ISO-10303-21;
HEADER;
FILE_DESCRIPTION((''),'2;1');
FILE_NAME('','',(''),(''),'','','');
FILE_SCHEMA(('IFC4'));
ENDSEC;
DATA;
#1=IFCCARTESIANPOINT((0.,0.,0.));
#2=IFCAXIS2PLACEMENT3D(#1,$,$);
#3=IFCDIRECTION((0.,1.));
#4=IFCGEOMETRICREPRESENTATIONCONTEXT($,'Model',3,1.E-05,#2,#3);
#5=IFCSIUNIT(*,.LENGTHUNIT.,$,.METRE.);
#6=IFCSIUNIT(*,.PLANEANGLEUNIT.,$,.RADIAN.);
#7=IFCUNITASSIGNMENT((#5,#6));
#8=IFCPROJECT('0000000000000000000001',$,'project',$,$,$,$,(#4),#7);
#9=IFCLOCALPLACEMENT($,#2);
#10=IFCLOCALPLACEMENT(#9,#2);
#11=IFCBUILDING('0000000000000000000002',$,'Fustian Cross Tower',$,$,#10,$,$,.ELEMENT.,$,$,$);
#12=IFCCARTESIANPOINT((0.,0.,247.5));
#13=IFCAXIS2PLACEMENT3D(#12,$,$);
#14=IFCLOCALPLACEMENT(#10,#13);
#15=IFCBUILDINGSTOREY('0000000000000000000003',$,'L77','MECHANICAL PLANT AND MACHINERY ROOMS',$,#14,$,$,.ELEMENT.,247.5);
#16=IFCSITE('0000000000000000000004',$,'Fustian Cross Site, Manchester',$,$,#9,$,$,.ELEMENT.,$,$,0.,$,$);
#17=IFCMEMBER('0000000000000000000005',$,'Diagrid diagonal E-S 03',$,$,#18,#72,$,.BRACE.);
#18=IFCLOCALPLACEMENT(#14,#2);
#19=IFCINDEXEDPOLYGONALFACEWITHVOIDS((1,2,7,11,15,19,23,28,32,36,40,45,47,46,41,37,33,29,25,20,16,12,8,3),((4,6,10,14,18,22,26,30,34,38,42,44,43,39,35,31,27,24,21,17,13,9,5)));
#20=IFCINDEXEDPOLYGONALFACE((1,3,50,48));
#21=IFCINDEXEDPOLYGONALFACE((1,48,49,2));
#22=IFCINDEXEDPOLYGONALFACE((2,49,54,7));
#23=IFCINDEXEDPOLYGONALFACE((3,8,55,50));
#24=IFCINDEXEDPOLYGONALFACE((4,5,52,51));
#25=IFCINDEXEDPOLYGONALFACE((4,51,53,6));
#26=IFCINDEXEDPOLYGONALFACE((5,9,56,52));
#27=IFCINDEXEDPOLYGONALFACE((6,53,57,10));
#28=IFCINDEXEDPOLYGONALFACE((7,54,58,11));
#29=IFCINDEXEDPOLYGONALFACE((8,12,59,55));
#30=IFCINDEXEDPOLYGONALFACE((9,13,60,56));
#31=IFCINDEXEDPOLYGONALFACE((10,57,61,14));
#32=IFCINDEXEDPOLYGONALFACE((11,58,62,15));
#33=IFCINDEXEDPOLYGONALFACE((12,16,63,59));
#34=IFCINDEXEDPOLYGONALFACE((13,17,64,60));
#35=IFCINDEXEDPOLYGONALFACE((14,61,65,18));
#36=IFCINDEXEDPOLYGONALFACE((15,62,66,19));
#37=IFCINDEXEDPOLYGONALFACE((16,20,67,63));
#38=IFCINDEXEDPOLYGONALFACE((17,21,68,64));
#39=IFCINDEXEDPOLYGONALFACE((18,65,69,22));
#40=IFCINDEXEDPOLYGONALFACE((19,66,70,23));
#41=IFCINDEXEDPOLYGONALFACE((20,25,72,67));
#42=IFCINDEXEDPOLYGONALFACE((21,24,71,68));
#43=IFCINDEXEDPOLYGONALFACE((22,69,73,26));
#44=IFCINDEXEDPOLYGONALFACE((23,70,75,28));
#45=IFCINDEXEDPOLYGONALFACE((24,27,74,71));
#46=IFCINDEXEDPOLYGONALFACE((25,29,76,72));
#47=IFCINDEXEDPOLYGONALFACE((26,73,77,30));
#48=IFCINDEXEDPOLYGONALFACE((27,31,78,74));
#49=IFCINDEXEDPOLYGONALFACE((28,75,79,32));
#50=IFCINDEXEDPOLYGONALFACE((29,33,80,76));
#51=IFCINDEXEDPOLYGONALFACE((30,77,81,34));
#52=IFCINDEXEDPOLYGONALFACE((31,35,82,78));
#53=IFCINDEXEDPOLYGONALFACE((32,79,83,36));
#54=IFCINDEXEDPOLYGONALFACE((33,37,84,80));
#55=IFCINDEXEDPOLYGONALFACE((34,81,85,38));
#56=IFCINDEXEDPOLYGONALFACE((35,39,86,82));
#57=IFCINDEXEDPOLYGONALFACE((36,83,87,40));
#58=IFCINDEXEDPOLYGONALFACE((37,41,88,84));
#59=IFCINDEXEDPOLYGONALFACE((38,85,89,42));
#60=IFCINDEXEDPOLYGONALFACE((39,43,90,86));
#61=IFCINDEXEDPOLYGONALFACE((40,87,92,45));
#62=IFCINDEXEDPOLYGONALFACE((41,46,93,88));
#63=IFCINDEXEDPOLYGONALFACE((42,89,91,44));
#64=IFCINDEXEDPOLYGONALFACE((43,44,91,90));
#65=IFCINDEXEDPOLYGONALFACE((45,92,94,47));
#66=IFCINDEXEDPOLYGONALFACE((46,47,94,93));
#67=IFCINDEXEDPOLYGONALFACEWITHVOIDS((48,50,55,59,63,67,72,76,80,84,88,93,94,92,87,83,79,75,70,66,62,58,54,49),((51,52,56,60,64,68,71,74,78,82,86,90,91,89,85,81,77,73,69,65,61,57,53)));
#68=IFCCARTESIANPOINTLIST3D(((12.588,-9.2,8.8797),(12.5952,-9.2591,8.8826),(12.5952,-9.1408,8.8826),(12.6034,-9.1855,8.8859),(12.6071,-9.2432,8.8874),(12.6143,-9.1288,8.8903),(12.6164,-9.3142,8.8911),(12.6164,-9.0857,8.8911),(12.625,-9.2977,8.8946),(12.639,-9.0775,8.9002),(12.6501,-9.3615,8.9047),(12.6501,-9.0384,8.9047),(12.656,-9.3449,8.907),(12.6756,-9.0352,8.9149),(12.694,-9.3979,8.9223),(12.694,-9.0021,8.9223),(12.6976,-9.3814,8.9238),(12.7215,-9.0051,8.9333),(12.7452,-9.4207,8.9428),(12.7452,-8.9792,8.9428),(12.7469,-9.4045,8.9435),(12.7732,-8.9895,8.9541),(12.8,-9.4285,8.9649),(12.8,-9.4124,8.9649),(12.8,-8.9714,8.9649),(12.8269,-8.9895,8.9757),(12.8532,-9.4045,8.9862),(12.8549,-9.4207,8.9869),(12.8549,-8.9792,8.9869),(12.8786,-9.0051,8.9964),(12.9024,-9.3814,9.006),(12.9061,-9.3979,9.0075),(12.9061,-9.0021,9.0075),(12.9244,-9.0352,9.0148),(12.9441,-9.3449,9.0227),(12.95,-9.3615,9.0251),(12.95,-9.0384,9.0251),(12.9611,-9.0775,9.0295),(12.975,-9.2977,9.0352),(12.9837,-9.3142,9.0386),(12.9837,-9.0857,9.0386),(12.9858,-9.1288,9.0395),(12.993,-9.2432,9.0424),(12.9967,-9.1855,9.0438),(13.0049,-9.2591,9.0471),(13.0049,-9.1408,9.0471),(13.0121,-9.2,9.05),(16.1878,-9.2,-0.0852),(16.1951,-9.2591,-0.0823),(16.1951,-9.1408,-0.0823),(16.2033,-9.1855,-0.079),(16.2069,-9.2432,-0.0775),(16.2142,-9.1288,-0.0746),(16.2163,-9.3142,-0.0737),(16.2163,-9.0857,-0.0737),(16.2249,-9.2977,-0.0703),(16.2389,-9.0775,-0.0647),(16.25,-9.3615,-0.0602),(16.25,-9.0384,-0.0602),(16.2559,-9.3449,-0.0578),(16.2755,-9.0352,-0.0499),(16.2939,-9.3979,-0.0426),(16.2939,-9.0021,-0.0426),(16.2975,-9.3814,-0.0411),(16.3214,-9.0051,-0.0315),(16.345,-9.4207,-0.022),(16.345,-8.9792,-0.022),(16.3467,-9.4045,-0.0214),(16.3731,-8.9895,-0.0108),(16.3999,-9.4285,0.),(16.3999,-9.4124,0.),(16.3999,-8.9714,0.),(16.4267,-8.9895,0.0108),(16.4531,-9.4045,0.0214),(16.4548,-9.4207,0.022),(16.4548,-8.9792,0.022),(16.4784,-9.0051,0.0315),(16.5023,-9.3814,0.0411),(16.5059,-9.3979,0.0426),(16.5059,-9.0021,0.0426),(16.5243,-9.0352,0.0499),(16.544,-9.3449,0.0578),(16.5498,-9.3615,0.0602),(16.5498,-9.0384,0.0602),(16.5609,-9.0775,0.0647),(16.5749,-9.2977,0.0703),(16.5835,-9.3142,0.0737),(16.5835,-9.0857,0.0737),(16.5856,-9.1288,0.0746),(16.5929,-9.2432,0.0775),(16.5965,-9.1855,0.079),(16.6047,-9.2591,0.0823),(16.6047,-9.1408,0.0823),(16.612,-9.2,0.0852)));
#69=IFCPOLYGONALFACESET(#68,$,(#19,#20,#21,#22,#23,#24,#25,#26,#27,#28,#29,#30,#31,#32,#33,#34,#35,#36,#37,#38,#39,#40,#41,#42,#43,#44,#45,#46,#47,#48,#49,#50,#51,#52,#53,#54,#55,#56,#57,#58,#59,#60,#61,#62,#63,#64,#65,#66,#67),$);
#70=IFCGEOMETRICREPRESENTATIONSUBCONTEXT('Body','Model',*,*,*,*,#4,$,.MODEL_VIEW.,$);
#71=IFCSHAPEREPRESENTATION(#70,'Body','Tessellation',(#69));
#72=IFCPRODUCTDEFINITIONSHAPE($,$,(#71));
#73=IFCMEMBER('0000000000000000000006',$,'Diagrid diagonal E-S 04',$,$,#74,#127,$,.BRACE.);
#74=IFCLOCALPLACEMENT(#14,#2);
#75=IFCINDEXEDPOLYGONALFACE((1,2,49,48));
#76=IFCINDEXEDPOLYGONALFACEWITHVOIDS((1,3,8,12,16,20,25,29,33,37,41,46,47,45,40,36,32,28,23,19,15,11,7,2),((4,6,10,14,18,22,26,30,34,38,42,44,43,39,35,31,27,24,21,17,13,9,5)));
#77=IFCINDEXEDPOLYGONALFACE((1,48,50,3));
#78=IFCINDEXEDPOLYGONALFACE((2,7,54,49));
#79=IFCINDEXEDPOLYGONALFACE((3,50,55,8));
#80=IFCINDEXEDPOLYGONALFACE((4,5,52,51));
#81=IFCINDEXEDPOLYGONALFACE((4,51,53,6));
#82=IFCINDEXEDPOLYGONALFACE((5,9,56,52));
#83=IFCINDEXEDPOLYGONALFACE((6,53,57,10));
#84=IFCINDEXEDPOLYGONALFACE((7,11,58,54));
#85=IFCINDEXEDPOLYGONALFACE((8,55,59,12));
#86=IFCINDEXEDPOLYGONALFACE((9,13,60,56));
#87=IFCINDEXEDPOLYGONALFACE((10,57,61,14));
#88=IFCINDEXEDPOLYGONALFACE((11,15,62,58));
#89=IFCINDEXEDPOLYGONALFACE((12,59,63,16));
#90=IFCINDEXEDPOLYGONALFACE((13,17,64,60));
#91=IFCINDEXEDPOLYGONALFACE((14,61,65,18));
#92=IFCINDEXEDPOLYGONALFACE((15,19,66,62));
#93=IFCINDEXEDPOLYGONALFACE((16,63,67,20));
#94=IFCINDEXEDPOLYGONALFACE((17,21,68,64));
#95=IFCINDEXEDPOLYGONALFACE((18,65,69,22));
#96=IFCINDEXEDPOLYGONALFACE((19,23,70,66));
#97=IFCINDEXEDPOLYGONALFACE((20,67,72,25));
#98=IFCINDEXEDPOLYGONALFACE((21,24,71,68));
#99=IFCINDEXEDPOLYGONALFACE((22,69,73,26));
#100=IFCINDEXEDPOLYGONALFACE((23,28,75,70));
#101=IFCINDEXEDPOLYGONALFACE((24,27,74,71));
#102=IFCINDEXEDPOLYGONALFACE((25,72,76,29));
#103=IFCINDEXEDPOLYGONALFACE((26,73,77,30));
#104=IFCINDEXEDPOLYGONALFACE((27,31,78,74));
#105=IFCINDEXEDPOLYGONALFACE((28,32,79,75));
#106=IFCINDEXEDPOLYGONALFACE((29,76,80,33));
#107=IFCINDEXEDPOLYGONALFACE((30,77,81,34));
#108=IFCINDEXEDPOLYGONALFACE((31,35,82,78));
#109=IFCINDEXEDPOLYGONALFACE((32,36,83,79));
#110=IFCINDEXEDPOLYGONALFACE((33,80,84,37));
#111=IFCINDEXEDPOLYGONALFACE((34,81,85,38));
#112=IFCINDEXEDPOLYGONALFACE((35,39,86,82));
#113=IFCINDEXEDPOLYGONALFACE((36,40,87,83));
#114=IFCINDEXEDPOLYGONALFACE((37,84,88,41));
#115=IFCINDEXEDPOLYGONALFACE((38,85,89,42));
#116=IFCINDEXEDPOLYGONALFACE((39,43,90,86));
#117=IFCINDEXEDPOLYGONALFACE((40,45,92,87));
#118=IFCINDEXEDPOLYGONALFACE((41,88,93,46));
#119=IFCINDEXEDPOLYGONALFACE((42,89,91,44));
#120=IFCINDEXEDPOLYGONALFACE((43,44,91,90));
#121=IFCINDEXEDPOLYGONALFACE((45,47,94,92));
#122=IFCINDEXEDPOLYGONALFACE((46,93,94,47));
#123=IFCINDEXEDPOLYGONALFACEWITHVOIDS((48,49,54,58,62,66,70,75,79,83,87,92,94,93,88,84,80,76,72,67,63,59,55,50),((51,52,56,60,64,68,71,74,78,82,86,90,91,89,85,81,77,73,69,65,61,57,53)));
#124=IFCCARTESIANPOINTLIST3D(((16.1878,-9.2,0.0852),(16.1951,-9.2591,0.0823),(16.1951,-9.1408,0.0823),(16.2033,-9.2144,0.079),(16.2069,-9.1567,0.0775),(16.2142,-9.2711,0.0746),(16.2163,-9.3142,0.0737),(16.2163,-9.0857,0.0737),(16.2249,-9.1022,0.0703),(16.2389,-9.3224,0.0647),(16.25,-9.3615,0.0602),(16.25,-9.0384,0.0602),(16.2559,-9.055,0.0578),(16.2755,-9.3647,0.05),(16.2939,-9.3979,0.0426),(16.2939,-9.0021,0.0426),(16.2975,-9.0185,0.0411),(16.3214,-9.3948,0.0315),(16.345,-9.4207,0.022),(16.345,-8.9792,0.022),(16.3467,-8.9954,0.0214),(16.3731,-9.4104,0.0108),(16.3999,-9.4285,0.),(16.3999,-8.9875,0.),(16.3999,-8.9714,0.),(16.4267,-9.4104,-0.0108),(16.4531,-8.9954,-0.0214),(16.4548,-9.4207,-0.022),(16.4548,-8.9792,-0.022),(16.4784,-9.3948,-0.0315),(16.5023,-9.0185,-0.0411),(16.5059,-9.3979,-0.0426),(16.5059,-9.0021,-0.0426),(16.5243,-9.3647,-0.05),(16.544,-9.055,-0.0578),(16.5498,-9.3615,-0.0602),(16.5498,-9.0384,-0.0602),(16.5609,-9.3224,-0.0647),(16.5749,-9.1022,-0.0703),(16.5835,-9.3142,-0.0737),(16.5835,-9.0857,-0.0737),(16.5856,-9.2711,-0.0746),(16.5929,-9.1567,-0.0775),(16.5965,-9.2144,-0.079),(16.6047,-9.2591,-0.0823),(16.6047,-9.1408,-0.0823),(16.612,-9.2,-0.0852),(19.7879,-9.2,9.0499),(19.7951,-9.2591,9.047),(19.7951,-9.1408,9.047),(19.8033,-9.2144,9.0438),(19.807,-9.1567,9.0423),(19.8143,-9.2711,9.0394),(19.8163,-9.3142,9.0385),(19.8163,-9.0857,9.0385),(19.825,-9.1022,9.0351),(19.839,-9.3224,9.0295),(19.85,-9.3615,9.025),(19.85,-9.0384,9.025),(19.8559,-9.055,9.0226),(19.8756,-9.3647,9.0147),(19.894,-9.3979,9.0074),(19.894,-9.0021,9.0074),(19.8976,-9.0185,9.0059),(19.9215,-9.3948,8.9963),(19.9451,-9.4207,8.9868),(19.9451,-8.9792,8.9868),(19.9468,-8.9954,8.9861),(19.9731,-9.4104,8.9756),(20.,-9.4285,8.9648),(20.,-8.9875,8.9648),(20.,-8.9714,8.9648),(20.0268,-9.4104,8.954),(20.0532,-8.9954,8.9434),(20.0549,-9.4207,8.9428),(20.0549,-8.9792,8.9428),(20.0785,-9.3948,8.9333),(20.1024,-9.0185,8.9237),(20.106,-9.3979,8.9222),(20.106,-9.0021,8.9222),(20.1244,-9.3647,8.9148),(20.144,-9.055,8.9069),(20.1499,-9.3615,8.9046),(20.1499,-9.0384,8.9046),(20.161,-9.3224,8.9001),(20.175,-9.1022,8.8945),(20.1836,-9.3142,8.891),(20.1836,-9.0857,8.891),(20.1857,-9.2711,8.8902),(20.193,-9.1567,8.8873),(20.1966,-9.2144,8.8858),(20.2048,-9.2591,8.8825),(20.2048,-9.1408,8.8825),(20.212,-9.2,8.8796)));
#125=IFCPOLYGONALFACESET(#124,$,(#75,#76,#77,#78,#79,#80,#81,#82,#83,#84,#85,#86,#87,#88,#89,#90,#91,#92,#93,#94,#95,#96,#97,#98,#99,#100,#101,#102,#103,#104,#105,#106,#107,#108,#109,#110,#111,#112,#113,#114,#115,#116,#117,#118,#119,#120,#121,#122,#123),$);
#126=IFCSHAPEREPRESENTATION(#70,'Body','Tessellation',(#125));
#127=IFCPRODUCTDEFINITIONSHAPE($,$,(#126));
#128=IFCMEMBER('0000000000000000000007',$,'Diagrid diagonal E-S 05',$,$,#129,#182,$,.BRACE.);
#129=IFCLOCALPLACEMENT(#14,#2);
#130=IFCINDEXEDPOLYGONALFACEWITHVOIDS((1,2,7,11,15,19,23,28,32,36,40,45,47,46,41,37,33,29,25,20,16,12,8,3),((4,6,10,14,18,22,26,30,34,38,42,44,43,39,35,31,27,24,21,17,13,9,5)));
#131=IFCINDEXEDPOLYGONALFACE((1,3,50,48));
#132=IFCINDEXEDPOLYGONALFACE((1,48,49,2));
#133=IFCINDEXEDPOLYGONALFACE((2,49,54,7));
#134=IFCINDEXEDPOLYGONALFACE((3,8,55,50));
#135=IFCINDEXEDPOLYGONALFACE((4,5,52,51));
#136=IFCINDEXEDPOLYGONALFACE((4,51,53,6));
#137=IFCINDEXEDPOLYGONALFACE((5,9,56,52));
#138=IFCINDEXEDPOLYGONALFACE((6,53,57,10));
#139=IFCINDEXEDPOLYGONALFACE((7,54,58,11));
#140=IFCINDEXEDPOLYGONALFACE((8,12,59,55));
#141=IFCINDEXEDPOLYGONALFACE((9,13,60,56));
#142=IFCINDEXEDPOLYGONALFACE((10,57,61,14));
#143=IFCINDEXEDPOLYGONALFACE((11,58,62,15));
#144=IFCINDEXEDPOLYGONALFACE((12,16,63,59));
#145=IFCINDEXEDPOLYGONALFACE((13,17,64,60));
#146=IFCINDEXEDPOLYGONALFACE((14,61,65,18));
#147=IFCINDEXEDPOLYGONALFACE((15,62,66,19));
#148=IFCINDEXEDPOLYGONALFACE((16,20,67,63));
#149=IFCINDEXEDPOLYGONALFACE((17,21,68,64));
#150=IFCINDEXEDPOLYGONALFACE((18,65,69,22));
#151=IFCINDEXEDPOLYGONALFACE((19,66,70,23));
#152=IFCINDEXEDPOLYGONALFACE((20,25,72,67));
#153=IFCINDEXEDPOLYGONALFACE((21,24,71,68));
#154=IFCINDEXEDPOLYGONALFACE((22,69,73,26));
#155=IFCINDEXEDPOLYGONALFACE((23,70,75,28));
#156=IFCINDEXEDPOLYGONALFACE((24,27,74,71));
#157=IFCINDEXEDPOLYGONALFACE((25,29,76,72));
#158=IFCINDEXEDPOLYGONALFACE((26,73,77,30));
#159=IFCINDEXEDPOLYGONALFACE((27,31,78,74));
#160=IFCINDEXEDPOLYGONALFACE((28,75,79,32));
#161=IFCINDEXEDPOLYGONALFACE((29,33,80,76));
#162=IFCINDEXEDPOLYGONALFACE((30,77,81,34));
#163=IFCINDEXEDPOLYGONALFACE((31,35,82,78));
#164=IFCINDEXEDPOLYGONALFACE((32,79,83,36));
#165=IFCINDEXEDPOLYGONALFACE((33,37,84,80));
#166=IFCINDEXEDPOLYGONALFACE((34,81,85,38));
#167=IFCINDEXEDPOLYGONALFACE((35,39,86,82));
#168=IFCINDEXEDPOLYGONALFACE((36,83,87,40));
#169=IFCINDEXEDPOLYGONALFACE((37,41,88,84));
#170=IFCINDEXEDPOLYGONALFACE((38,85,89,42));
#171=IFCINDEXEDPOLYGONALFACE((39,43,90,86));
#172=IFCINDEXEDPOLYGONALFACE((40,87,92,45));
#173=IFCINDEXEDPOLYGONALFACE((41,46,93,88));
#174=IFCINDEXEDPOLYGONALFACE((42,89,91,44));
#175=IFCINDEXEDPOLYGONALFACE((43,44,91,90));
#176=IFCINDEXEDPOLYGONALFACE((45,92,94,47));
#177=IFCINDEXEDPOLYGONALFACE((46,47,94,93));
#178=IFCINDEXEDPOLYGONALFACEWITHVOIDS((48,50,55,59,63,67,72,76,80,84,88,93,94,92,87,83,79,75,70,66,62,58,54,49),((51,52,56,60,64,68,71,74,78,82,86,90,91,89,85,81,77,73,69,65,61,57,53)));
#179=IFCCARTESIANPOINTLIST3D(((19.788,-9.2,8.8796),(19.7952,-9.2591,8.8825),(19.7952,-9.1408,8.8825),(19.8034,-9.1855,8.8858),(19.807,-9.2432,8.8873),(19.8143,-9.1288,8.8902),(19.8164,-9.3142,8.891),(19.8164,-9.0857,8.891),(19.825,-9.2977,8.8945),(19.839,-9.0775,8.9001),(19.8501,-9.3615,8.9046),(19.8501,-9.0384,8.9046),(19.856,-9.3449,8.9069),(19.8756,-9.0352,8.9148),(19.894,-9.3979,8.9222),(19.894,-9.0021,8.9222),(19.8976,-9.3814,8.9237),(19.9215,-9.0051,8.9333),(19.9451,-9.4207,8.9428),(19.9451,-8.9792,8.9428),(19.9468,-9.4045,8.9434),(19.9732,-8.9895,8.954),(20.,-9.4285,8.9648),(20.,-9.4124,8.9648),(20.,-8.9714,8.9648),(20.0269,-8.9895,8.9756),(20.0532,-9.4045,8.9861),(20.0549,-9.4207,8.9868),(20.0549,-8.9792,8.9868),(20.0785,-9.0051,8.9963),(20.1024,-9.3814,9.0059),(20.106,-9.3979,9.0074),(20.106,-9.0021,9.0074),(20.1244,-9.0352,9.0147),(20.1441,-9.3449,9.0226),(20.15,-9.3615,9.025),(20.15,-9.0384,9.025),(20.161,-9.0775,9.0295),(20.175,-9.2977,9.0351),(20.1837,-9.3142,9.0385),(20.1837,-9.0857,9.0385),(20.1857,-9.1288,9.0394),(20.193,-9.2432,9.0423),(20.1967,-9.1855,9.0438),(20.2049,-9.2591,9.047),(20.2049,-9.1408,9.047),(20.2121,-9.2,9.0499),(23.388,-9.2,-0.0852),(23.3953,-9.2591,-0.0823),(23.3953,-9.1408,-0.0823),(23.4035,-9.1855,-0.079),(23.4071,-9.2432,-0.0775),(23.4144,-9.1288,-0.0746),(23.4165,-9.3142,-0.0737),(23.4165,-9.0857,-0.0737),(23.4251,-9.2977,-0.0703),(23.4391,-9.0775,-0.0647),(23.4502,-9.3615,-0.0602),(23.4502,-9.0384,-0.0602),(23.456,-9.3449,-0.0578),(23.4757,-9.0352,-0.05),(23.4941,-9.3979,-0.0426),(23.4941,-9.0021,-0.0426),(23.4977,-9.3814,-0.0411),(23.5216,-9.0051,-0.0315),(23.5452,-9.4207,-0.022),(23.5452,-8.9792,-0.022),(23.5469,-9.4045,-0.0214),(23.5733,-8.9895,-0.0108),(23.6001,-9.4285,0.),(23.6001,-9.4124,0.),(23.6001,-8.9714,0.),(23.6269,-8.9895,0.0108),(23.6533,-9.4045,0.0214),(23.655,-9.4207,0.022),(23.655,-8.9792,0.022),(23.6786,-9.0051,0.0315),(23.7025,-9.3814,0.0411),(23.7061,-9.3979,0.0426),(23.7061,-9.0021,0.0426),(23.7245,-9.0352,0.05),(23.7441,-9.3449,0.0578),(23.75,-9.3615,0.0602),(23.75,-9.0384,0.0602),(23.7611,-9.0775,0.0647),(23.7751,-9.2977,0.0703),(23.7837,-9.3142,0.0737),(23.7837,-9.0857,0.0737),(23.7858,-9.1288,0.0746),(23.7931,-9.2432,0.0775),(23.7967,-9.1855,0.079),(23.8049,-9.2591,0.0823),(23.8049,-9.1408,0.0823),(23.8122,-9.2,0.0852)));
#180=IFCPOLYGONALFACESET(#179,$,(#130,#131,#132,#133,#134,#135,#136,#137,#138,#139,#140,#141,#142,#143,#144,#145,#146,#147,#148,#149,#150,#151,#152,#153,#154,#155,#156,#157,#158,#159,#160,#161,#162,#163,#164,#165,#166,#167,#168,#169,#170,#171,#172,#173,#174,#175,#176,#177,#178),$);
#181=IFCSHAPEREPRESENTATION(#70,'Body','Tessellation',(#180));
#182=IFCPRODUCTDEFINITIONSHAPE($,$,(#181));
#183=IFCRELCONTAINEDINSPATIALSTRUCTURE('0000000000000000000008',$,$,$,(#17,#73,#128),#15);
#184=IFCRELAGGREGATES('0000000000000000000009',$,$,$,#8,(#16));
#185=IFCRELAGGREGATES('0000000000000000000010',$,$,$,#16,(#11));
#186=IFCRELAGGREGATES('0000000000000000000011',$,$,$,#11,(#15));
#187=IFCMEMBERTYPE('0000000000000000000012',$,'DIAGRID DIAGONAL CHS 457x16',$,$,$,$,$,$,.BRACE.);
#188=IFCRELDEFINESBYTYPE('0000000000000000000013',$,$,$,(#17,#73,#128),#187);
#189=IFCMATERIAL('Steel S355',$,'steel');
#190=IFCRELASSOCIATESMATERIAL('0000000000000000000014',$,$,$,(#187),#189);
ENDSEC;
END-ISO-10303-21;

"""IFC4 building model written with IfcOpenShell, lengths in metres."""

from ifc_helpers import new_model, si_unit, direction, frame, origin, origin_2d, place, context, subcontext, project, spatial, hollow_circle, extrude, material, material_profile, profile_set, type_object, element, save


model = new_model("IFC4")

# Units and contexts
model_context = context("Model", 3, precision=1e-05, world=origin(), true_north=direction((0.0, 1.0)))
body_context = subcontext(model_context, "Body", "Model", "MODEL_VIEW")
ifc_project = project(units=[si_unit("LENGTHUNIT", "METRE"), si_unit("PLANEANGLEUNIT", "RADIAN")], contexts=[model_context])

# Site, building, storey
site_placement = place(None, origin())
site = spatial("IfcSite", under=ifc_project, at=site_placement, Name="Fustian Cross Site, Manchester", CompositionType="ELEMENT", RefElevation=0.0)
building_placement = place(site_placement, origin())
building = spatial("IfcBuilding", under=site, at=building_placement, Name="Fustian Cross Tower", CompositionType="ELEMENT")
storey_placement = place(building_placement, frame((0.0, 0.0, 247.5)))
storey = spatial("IfcBuildingStorey", under=building, at=storey_placement, Name="L77", Description="MECHANICAL PLANT AND MACHINERY ROOMS", CompositionType="ELEMENT", Elevation=247.5)

# Members
ifc_material_1 = material(Name="Steel S355", Category="steel")
ifc_material_profile_1 = material_profile(ifc_material_1, hollow_circle(Radius=0.2285, WallThickness=0.0161, at=origin_2d()), Name="CHS 457x16")
ifc_profile_set_1 = profile_set([ifc_material_profile_1], Name="Steel S355")
member_type_1 = type_object("IfcMemberType", Name="DIAGRID DIAGONAL CHS 457x16", PredefinedType="BRACE", material=ifc_profile_set_1)
for number, where, z_axis, x_axis, name in (
    (1, (16.3999, -9.2, 0.0), (-0.372632, 0.0, 0.927979), (0.0, -1.0, 0.0), "Diagrid diagonal E-S 03"),
    (2, (16.3999, -9.2, 0.0), (0.372654, 0.0, 0.92797), (0.0, 1.0, 0.0), "Diagrid diagonal E-S 04"),
    (3, (23.6001, -9.2, 0.0), (-0.372654, 0.0, 0.92797), (0.0, -1.0, 0.0), "Diagrid diagonal E-S 05"),
):
    element("IfcMember", number, at=place(storey_placement, frame(where, z_axis=z_axis, x_axis=x_axis)), inside=storey, type_object=member_type_1, Name=name, PredefinedType="BRACE", context=body_context, shape_type="SweptSolid", body=[
        extrude(hollow_circle(Radius=0.2285, WallThickness=0.0161, at=origin_2d()), origin(), (0.0, 0.0, 1.0), 9.6606),
    ])

save(model, "model.ifc")
